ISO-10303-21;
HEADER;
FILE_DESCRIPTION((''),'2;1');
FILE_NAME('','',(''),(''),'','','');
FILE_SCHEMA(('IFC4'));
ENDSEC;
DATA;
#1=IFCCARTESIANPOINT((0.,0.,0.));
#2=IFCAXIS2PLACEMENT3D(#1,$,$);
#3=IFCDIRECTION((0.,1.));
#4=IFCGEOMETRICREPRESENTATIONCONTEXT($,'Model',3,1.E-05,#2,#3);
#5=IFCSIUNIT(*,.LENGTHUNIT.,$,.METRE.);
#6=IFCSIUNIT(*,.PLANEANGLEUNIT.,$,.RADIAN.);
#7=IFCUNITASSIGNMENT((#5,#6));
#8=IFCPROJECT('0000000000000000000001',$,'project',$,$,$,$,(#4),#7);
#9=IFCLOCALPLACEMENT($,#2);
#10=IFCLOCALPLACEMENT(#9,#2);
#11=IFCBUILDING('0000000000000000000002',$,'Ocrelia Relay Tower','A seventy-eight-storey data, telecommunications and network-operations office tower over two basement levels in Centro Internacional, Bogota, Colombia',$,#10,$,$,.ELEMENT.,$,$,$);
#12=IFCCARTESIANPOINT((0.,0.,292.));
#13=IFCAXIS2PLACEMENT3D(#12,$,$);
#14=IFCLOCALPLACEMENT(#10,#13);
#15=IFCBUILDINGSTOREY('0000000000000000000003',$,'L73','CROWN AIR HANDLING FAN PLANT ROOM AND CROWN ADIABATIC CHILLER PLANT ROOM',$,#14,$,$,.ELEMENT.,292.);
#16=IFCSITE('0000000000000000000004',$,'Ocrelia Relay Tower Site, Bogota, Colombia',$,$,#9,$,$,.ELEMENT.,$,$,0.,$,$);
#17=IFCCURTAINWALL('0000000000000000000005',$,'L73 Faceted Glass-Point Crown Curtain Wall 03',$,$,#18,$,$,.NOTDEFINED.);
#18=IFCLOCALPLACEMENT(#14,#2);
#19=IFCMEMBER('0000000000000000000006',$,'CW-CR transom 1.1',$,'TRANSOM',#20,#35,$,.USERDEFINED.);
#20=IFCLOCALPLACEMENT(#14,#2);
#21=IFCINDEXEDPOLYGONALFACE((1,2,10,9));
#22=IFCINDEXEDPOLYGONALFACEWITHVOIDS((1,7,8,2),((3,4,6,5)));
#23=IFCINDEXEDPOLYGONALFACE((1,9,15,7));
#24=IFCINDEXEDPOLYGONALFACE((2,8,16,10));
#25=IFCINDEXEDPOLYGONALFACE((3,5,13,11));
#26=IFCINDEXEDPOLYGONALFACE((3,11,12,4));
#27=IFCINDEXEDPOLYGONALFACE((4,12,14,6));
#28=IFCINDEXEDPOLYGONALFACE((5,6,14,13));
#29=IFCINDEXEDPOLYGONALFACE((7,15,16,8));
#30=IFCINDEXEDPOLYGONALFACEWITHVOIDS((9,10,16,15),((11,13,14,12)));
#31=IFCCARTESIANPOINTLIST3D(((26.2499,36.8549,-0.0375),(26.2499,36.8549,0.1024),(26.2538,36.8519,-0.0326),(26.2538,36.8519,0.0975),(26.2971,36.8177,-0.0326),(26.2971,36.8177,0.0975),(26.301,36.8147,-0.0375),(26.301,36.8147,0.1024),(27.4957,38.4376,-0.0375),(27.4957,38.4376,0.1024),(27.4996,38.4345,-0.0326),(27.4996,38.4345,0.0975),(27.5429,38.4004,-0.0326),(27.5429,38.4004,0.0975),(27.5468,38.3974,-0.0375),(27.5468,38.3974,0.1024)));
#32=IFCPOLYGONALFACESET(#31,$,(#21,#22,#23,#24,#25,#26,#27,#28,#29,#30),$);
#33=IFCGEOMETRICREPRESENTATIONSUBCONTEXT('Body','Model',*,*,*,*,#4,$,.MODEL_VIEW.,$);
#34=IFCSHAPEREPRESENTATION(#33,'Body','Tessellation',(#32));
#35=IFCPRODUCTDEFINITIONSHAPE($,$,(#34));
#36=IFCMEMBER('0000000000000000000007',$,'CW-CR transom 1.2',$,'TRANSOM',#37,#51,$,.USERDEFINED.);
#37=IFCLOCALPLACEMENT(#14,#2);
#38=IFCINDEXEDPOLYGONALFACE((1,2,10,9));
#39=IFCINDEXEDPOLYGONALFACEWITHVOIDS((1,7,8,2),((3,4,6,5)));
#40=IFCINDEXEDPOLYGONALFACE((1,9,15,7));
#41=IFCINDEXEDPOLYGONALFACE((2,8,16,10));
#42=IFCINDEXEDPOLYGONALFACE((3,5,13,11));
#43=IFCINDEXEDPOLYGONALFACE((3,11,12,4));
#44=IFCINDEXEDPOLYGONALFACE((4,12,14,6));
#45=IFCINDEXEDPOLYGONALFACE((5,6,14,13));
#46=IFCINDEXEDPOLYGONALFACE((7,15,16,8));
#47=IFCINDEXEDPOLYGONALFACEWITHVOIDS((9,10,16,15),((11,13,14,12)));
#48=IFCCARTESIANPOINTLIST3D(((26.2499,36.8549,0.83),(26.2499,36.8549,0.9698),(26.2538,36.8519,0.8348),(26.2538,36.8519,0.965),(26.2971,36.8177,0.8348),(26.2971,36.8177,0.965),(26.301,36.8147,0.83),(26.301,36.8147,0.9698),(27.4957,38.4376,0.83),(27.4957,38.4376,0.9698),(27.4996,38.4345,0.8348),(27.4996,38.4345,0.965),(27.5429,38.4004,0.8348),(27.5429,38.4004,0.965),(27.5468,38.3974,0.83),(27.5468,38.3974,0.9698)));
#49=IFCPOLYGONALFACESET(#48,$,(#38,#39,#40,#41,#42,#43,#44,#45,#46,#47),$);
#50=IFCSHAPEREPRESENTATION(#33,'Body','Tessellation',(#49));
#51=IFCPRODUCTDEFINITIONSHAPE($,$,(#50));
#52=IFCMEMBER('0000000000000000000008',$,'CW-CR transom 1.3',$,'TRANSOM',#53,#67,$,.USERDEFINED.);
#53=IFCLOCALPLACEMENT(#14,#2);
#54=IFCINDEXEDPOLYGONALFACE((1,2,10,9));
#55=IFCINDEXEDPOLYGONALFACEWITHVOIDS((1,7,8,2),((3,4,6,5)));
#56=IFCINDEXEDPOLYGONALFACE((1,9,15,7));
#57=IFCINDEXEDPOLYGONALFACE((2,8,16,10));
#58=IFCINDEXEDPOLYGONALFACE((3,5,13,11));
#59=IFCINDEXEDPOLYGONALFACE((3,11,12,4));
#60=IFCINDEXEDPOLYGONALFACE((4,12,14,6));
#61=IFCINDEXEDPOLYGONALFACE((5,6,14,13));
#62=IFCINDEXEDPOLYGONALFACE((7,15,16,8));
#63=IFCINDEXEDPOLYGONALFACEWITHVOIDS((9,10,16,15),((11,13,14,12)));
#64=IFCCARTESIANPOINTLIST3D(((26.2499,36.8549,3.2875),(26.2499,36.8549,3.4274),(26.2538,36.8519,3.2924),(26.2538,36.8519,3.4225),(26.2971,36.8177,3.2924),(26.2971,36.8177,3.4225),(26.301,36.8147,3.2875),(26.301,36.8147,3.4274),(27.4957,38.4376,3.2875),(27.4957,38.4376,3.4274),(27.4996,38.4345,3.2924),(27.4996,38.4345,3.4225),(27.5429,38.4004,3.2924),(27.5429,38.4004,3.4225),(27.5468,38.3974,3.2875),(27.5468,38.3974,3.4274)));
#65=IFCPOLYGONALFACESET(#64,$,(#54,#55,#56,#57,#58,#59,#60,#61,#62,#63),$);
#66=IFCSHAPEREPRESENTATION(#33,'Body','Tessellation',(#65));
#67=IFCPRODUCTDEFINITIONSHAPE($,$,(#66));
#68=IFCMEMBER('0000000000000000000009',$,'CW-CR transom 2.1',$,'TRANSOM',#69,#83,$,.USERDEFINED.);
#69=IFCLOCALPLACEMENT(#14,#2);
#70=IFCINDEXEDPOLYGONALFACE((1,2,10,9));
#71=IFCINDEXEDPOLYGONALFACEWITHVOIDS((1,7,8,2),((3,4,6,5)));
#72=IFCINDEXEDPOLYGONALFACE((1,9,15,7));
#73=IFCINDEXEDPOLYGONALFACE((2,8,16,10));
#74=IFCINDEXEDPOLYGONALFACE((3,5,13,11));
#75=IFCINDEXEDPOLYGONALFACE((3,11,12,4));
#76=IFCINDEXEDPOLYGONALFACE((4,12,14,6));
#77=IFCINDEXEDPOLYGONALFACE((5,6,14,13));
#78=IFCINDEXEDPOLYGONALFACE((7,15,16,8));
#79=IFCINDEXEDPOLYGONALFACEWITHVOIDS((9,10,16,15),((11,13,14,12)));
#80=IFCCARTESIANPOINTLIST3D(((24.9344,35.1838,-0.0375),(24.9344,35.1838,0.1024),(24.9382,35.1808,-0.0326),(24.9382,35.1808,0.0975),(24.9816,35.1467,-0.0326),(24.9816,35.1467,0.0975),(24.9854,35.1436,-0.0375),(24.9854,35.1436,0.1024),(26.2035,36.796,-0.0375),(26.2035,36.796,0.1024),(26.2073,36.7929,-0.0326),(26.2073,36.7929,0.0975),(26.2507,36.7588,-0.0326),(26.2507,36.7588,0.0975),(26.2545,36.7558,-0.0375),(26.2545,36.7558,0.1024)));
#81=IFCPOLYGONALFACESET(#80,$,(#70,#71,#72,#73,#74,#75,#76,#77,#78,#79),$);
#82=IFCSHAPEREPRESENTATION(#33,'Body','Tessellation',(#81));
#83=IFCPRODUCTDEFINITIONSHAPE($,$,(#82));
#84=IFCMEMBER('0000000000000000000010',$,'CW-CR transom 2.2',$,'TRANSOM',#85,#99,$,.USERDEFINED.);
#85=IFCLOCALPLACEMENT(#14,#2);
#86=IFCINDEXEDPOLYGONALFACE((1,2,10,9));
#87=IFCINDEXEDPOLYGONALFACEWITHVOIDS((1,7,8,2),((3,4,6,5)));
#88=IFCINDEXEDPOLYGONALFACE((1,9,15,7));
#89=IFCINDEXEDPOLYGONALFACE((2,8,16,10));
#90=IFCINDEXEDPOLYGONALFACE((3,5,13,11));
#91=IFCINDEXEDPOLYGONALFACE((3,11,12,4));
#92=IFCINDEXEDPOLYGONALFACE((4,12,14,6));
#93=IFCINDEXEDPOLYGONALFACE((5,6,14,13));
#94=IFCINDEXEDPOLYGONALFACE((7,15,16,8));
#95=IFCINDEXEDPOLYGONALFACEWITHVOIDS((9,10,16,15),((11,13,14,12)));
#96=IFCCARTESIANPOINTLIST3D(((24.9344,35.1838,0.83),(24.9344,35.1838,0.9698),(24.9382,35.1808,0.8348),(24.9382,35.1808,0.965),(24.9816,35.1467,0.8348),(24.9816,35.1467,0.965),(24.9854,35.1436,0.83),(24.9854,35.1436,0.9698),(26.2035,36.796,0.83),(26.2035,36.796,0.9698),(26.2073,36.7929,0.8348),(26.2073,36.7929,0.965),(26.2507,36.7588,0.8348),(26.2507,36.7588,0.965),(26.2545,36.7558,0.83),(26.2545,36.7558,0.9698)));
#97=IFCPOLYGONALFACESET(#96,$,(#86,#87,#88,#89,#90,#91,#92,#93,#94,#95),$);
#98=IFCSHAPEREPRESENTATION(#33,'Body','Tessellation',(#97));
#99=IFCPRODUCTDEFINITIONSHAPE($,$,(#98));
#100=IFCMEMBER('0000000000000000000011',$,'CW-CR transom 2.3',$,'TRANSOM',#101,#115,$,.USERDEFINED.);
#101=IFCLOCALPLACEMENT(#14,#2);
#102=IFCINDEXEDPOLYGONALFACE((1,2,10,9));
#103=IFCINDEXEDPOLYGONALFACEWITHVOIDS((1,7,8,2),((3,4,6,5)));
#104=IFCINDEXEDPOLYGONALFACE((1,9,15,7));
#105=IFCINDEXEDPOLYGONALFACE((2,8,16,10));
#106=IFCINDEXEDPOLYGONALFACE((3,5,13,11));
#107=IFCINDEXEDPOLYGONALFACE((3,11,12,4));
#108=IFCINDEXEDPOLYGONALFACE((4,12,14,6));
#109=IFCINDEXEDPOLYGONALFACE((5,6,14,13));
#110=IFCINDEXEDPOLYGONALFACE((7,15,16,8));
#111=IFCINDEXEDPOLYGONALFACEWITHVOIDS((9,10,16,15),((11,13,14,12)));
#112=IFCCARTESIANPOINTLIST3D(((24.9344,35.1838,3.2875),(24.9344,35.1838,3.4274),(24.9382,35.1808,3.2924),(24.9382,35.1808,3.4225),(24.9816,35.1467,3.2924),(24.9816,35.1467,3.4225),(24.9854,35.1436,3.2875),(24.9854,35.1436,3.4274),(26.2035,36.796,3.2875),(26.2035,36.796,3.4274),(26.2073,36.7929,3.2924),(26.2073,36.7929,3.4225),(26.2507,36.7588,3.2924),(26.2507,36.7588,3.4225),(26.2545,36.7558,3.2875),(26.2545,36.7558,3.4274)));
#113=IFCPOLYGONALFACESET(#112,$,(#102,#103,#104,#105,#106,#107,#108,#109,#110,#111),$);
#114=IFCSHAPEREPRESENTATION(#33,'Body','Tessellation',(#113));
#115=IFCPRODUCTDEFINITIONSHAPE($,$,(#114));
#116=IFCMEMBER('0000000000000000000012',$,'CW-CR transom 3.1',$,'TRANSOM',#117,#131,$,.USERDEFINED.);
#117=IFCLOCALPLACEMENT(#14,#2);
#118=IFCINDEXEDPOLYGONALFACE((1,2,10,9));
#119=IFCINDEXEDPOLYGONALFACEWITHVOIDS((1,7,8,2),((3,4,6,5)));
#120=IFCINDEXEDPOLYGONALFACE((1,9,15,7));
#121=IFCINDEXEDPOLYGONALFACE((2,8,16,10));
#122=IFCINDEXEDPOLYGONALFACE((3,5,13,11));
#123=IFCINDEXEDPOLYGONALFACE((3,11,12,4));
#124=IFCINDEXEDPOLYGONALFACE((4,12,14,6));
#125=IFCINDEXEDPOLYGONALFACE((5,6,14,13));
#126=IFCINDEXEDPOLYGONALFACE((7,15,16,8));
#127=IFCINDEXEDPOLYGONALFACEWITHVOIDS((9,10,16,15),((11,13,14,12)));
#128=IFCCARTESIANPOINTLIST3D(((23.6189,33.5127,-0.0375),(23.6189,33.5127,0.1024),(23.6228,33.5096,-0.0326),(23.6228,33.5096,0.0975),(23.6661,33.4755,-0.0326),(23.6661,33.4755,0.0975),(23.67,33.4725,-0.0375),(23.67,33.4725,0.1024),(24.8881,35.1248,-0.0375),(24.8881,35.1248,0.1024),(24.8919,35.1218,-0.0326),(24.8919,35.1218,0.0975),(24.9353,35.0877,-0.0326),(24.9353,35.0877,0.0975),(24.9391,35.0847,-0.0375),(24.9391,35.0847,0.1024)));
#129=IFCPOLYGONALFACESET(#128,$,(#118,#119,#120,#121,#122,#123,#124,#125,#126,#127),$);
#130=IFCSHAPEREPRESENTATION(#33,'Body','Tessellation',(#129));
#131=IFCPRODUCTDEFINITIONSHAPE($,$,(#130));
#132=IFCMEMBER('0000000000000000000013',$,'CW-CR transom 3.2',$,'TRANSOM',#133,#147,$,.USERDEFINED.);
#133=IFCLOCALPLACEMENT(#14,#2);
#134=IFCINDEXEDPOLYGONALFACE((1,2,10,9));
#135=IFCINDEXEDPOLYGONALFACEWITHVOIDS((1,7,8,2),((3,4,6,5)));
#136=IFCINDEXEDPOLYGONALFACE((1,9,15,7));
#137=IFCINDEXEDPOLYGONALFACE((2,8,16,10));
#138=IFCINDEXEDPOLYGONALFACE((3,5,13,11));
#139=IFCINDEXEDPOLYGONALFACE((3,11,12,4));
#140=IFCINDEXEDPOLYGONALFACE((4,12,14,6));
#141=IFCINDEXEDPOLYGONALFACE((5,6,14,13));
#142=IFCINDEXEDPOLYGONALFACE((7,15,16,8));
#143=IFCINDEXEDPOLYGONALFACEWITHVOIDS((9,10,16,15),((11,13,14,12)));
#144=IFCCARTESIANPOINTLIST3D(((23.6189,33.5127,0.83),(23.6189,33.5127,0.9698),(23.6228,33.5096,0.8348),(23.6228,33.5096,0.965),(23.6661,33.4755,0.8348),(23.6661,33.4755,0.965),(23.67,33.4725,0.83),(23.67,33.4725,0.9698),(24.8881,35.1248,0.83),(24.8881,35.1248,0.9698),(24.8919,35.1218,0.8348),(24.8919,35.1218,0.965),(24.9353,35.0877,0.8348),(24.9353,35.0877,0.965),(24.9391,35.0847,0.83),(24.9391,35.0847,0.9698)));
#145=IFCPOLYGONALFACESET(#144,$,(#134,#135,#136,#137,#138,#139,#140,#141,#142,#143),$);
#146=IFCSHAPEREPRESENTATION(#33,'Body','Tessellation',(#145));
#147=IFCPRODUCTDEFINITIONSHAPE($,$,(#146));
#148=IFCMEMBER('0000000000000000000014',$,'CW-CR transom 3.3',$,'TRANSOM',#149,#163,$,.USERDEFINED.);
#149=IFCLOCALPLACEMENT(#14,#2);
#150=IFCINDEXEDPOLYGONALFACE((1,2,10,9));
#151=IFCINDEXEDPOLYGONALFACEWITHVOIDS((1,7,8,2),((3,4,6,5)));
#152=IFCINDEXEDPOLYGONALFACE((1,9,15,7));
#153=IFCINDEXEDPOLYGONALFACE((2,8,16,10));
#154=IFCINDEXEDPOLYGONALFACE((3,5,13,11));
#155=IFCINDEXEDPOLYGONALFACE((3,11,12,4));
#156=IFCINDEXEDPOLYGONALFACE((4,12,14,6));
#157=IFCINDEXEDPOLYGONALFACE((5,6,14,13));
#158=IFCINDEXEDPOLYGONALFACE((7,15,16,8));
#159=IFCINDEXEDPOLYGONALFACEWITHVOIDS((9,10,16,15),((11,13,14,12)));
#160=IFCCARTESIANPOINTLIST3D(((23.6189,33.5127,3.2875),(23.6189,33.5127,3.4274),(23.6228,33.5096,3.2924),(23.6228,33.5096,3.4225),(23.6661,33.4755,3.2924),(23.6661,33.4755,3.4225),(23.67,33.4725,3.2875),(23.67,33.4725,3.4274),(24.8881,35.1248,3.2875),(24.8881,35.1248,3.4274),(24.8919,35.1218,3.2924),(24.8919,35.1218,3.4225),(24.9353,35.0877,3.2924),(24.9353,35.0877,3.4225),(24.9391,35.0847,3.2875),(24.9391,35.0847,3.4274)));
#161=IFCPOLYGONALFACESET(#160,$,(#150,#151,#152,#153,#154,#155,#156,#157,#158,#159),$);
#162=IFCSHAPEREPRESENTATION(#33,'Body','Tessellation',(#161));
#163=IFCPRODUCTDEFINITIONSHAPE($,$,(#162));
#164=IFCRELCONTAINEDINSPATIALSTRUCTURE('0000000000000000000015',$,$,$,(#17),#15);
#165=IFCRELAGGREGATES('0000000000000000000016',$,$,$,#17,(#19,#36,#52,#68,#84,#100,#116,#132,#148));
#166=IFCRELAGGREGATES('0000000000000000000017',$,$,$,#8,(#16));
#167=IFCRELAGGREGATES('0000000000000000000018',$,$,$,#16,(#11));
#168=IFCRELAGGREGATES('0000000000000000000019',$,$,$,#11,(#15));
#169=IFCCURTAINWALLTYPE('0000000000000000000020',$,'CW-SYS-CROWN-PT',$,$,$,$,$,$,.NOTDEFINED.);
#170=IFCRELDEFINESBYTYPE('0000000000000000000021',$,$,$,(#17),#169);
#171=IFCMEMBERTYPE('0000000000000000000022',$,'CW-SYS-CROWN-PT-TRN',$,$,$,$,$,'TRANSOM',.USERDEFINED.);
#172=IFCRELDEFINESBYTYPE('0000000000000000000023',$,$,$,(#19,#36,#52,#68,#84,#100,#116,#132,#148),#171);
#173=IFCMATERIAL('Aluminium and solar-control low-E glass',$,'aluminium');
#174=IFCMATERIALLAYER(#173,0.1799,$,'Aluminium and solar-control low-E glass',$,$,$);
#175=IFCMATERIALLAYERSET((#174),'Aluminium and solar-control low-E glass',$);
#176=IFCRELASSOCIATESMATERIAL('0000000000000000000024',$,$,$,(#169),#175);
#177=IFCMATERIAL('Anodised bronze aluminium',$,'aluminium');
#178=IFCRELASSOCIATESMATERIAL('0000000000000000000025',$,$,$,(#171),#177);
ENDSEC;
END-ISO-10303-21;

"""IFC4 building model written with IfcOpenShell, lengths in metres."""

from ifc_helpers import new_model, si_unit, direction, frame, origin, origin_2d, place, context, subcontext, project, spatial, hollow_rectangle, extrude, material, layer, layer_set, material_profile, profile_set, type_object, element, aggregate, save


model = new_model("IFC4")

# Units and contexts
model_context = context("Model", 3, precision=1e-05, world=origin(), true_north=direction((0.0, 1.0)))
body_context = subcontext(model_context, "Body", "Model", "MODEL_VIEW")
ifc_project = project(units=[si_unit("LENGTHUNIT", "METRE"), si_unit("PLANEANGLEUNIT", "RADIAN")], contexts=[model_context])

# Site, building, storey
site_placement = place(None, origin())
site = spatial("IfcSite", under=ifc_project, at=site_placement, Name="Ocrelia Relay Tower Site, Bogota, Colombia", CompositionType="ELEMENT", RefElevation=0.0)
building_placement = place(site_placement, origin())
building = spatial("IfcBuilding", under=site, at=building_placement, Name="Ocrelia Relay Tower", Description="A seventy-eight-storey data, telecommunications and network-operations office tower over two basement levels in Centro Internacional, Bogota, Colombia", CompositionType="ELEMENT")
storey_placement = place(building_placement, frame((0.0, 0.0, 292.0)))
storey = spatial("IfcBuildingStorey", under=building, at=storey_placement, Name="L73", Description="CROWN AIR HANDLING FAN PLANT ROOM AND CROWN ADIABATIC CHILLER PLANT ROOM", CompositionType="ELEMENT", Elevation=292.0)

# Curtain wall
ifc_material_1 = material(Name="Aluminium and solar-control low-E glass", Category="aluminium")
ifc_layer_1 = layer(ifc_material_1, 0.1799, Name="Aluminium and solar-control low-E glass")
ifc_layer_set_1 = layer_set([ifc_layer_1], Name="Aluminium and solar-control low-E glass")
curtain_wall_type = type_object("IfcCurtainWallType", Name="CW-SYS-CROWN-PT", PredefinedType="NOTDEFINED", material=ifc_layer_set_1)
ifc_material_2 = material(Name="Anodised bronze aluminium", Category="aluminium")
curtain_wall_1_placement = place(storey_placement, origin())
curtain_wall_1 = element("IfcCurtainWall", 1, at=curtain_wall_1_placement, inside=storey, type_object=curtain_wall_type, Name="L73 Faceted Glass-Point Crown Curtain Wall 03", PredefinedType="NOTDEFINED")

# Members
ifc_material_profile_1 = material_profile(ifc_material_2, hollow_rectangle(XDim=0.0649, YDim=0.1399, WallThickness=0.0049, at=origin_2d()), Name="CW-TRN-140x65")
ifc_profile_set_1 = profile_set([ifc_material_profile_1], Name="Anodised bronze aluminium")
member_type_1 = type_object("IfcMemberType", Name="CW-SYS-CROWN-PT-TRN", ElementType="TRANSOM", PredefinedType="USERDEFINED", material=ifc_profile_set_1)
member_1_placement = place(storey_placement, frame((27.5212, 38.4175, 0.0325), z_axis=(-0.618512, -0.785775, 0.0), x_axis=(0.785775, -0.618512, 0.0)))
member_1 = element("IfcMember", 2, at=member_1_placement, type_object=member_type_1, Name="CW-CR transom 1.1", ObjectType="TRANSOM", PredefinedType="USERDEFINED", context=body_context, shape_type="SweptSolid", body=[
    extrude(hollow_rectangle(XDim=0.0649, YDim=0.1399, WallThickness=0.0049, at=origin_2d()), origin(), (0.0, 0.0, 1.0), 2.0142),
])
member_2_placement = place(storey_placement, frame((27.5212, 38.4175, 0.8999), z_axis=(-0.618512, -0.785775, 0.0), x_axis=(0.785775, -0.618512, 0.0)))
member_2 = element("IfcMember", 3, at=member_2_placement, type_object=member_type_1, Name="CW-CR transom 1.2", ObjectType="TRANSOM", PredefinedType="USERDEFINED", context=body_context, shape_type="SweptSolid", body=[
    extrude(hollow_rectangle(XDim=0.0649, YDim=0.1399, WallThickness=0.0049, at=origin_2d()), origin(), (0.0, 0.0, 1.0), 2.0142),
])
member_3_placement = place(storey_placement, frame((27.5212, 38.4175, 3.3574), z_axis=(-0.618512, -0.785775, 0.0), x_axis=(0.785775, -0.618512, 0.0)))
member_3 = element("IfcMember", 4, at=member_3_placement, type_object=member_type_1, Name="CW-CR transom 1.3", ObjectType="TRANSOM", PredefinedType="USERDEFINED", context=body_context, shape_type="SweptSolid", body=[
    extrude(hollow_rectangle(XDim=0.0649, YDim=0.1399, WallThickness=0.0049, at=origin_2d()), origin(), (0.0, 0.0, 1.0), 2.0142),
])
member_4_placement = place(storey_placement, frame((26.229, 36.7759, 0.0325), z_axis=(-0.618552, -0.785744, 0.0), x_axis=(0.785744, -0.618552, 0.0)))
member_4 = element("IfcMember", 5, at=member_4_placement, type_object=member_type_1, Name="CW-CR transom 2.1", ObjectType="TRANSOM", PredefinedType="USERDEFINED", context=body_context, shape_type="SweptSolid", body=[
    extrude(hollow_rectangle(XDim=0.0649, YDim=0.1399, WallThickness=0.0049, at=origin_2d()), origin(), (0.0, 0.0, 1.0), 2.0518),
])
member_5_placement = place(storey_placement, frame((26.229, 36.7759, 0.8999), z_axis=(-0.618552, -0.785744, 0.0), x_axis=(0.785744, -0.618552, 0.0)))
member_5 = element("IfcMember", 6, at=member_5_placement, type_object=member_type_1, Name="CW-CR transom 2.2", ObjectType="TRANSOM", PredefinedType="USERDEFINED", context=body_context, shape_type="SweptSolid", body=[
    extrude(hollow_rectangle(XDim=0.0649, YDim=0.1399, WallThickness=0.0049, at=origin_2d()), origin(), (0.0, 0.0, 1.0), 2.0518),
])
member_6_placement = place(storey_placement, frame((26.229, 36.7759, 3.3574), z_axis=(-0.618552, -0.785744, 0.0), x_axis=(0.785744, -0.618552, 0.0)))
member_6 = element("IfcMember", 7, at=member_6_placement, type_object=member_type_1, Name="CW-CR transom 2.3", ObjectType="TRANSOM", PredefinedType="USERDEFINED", context=body_context, shape_type="SweptSolid", body=[
    extrude(hollow_rectangle(XDim=0.0649, YDim=0.1399, WallThickness=0.0049, at=origin_2d()), origin(), (0.0, 0.0, 1.0), 2.0518),
])
member_7_placement = place(storey_placement, frame((24.9136, 35.1047, 0.0325), z_axis=(-0.618552, -0.785744, 0.0), x_axis=(0.785744, -0.618552, 0.0)))
member_7 = element("IfcMember", 8, at=member_7_placement, type_object=member_type_1, Name="CW-CR transom 3.1", ObjectType="TRANSOM", PredefinedType="USERDEFINED", context=body_context, shape_type="SweptSolid", body=[
    extrude(hollow_rectangle(XDim=0.0649, YDim=0.1399, WallThickness=0.0049, at=origin_2d()), origin(), (0.0, 0.0, 1.0), 2.0518),
])
member_8_placement = place(storey_placement, frame((24.9136, 35.1047, 0.8999), z_axis=(-0.618552, -0.785744, 0.0), x_axis=(0.785744, -0.618552, 0.0)))
member_8 = element("IfcMember", 9, at=member_8_placement, type_object=member_type_1, Name="CW-CR transom 3.2", ObjectType="TRANSOM", PredefinedType="USERDEFINED", context=body_context, shape_type="SweptSolid", body=[
    extrude(hollow_rectangle(XDim=0.0649, YDim=0.1399, WallThickness=0.0049, at=origin_2d()), origin(), (0.0, 0.0, 1.0), 2.0518),
])
member_9_placement = place(storey_placement, frame((24.9136, 35.1047, 3.3574), z_axis=(-0.618552, -0.785744, 0.0), x_axis=(0.785744, -0.618552, 0.0)))
member_9 = element("IfcMember", 10, at=member_9_placement, type_object=member_type_1, Name="CW-CR transom 3.3", ObjectType="TRANSOM", PredefinedType="USERDEFINED", context=body_context, shape_type="SweptSolid", body=[
    extrude(hollow_rectangle(XDim=0.0649, YDim=0.1399, WallThickness=0.0049, at=origin_2d()), origin(), (0.0, 0.0, 1.0), 2.0518),
])

aggregate(curtain_wall_1, [member_1, member_2, member_3, member_4, member_5, member_6, member_7, member_8, member_9])

save(model, "model.ifc")
